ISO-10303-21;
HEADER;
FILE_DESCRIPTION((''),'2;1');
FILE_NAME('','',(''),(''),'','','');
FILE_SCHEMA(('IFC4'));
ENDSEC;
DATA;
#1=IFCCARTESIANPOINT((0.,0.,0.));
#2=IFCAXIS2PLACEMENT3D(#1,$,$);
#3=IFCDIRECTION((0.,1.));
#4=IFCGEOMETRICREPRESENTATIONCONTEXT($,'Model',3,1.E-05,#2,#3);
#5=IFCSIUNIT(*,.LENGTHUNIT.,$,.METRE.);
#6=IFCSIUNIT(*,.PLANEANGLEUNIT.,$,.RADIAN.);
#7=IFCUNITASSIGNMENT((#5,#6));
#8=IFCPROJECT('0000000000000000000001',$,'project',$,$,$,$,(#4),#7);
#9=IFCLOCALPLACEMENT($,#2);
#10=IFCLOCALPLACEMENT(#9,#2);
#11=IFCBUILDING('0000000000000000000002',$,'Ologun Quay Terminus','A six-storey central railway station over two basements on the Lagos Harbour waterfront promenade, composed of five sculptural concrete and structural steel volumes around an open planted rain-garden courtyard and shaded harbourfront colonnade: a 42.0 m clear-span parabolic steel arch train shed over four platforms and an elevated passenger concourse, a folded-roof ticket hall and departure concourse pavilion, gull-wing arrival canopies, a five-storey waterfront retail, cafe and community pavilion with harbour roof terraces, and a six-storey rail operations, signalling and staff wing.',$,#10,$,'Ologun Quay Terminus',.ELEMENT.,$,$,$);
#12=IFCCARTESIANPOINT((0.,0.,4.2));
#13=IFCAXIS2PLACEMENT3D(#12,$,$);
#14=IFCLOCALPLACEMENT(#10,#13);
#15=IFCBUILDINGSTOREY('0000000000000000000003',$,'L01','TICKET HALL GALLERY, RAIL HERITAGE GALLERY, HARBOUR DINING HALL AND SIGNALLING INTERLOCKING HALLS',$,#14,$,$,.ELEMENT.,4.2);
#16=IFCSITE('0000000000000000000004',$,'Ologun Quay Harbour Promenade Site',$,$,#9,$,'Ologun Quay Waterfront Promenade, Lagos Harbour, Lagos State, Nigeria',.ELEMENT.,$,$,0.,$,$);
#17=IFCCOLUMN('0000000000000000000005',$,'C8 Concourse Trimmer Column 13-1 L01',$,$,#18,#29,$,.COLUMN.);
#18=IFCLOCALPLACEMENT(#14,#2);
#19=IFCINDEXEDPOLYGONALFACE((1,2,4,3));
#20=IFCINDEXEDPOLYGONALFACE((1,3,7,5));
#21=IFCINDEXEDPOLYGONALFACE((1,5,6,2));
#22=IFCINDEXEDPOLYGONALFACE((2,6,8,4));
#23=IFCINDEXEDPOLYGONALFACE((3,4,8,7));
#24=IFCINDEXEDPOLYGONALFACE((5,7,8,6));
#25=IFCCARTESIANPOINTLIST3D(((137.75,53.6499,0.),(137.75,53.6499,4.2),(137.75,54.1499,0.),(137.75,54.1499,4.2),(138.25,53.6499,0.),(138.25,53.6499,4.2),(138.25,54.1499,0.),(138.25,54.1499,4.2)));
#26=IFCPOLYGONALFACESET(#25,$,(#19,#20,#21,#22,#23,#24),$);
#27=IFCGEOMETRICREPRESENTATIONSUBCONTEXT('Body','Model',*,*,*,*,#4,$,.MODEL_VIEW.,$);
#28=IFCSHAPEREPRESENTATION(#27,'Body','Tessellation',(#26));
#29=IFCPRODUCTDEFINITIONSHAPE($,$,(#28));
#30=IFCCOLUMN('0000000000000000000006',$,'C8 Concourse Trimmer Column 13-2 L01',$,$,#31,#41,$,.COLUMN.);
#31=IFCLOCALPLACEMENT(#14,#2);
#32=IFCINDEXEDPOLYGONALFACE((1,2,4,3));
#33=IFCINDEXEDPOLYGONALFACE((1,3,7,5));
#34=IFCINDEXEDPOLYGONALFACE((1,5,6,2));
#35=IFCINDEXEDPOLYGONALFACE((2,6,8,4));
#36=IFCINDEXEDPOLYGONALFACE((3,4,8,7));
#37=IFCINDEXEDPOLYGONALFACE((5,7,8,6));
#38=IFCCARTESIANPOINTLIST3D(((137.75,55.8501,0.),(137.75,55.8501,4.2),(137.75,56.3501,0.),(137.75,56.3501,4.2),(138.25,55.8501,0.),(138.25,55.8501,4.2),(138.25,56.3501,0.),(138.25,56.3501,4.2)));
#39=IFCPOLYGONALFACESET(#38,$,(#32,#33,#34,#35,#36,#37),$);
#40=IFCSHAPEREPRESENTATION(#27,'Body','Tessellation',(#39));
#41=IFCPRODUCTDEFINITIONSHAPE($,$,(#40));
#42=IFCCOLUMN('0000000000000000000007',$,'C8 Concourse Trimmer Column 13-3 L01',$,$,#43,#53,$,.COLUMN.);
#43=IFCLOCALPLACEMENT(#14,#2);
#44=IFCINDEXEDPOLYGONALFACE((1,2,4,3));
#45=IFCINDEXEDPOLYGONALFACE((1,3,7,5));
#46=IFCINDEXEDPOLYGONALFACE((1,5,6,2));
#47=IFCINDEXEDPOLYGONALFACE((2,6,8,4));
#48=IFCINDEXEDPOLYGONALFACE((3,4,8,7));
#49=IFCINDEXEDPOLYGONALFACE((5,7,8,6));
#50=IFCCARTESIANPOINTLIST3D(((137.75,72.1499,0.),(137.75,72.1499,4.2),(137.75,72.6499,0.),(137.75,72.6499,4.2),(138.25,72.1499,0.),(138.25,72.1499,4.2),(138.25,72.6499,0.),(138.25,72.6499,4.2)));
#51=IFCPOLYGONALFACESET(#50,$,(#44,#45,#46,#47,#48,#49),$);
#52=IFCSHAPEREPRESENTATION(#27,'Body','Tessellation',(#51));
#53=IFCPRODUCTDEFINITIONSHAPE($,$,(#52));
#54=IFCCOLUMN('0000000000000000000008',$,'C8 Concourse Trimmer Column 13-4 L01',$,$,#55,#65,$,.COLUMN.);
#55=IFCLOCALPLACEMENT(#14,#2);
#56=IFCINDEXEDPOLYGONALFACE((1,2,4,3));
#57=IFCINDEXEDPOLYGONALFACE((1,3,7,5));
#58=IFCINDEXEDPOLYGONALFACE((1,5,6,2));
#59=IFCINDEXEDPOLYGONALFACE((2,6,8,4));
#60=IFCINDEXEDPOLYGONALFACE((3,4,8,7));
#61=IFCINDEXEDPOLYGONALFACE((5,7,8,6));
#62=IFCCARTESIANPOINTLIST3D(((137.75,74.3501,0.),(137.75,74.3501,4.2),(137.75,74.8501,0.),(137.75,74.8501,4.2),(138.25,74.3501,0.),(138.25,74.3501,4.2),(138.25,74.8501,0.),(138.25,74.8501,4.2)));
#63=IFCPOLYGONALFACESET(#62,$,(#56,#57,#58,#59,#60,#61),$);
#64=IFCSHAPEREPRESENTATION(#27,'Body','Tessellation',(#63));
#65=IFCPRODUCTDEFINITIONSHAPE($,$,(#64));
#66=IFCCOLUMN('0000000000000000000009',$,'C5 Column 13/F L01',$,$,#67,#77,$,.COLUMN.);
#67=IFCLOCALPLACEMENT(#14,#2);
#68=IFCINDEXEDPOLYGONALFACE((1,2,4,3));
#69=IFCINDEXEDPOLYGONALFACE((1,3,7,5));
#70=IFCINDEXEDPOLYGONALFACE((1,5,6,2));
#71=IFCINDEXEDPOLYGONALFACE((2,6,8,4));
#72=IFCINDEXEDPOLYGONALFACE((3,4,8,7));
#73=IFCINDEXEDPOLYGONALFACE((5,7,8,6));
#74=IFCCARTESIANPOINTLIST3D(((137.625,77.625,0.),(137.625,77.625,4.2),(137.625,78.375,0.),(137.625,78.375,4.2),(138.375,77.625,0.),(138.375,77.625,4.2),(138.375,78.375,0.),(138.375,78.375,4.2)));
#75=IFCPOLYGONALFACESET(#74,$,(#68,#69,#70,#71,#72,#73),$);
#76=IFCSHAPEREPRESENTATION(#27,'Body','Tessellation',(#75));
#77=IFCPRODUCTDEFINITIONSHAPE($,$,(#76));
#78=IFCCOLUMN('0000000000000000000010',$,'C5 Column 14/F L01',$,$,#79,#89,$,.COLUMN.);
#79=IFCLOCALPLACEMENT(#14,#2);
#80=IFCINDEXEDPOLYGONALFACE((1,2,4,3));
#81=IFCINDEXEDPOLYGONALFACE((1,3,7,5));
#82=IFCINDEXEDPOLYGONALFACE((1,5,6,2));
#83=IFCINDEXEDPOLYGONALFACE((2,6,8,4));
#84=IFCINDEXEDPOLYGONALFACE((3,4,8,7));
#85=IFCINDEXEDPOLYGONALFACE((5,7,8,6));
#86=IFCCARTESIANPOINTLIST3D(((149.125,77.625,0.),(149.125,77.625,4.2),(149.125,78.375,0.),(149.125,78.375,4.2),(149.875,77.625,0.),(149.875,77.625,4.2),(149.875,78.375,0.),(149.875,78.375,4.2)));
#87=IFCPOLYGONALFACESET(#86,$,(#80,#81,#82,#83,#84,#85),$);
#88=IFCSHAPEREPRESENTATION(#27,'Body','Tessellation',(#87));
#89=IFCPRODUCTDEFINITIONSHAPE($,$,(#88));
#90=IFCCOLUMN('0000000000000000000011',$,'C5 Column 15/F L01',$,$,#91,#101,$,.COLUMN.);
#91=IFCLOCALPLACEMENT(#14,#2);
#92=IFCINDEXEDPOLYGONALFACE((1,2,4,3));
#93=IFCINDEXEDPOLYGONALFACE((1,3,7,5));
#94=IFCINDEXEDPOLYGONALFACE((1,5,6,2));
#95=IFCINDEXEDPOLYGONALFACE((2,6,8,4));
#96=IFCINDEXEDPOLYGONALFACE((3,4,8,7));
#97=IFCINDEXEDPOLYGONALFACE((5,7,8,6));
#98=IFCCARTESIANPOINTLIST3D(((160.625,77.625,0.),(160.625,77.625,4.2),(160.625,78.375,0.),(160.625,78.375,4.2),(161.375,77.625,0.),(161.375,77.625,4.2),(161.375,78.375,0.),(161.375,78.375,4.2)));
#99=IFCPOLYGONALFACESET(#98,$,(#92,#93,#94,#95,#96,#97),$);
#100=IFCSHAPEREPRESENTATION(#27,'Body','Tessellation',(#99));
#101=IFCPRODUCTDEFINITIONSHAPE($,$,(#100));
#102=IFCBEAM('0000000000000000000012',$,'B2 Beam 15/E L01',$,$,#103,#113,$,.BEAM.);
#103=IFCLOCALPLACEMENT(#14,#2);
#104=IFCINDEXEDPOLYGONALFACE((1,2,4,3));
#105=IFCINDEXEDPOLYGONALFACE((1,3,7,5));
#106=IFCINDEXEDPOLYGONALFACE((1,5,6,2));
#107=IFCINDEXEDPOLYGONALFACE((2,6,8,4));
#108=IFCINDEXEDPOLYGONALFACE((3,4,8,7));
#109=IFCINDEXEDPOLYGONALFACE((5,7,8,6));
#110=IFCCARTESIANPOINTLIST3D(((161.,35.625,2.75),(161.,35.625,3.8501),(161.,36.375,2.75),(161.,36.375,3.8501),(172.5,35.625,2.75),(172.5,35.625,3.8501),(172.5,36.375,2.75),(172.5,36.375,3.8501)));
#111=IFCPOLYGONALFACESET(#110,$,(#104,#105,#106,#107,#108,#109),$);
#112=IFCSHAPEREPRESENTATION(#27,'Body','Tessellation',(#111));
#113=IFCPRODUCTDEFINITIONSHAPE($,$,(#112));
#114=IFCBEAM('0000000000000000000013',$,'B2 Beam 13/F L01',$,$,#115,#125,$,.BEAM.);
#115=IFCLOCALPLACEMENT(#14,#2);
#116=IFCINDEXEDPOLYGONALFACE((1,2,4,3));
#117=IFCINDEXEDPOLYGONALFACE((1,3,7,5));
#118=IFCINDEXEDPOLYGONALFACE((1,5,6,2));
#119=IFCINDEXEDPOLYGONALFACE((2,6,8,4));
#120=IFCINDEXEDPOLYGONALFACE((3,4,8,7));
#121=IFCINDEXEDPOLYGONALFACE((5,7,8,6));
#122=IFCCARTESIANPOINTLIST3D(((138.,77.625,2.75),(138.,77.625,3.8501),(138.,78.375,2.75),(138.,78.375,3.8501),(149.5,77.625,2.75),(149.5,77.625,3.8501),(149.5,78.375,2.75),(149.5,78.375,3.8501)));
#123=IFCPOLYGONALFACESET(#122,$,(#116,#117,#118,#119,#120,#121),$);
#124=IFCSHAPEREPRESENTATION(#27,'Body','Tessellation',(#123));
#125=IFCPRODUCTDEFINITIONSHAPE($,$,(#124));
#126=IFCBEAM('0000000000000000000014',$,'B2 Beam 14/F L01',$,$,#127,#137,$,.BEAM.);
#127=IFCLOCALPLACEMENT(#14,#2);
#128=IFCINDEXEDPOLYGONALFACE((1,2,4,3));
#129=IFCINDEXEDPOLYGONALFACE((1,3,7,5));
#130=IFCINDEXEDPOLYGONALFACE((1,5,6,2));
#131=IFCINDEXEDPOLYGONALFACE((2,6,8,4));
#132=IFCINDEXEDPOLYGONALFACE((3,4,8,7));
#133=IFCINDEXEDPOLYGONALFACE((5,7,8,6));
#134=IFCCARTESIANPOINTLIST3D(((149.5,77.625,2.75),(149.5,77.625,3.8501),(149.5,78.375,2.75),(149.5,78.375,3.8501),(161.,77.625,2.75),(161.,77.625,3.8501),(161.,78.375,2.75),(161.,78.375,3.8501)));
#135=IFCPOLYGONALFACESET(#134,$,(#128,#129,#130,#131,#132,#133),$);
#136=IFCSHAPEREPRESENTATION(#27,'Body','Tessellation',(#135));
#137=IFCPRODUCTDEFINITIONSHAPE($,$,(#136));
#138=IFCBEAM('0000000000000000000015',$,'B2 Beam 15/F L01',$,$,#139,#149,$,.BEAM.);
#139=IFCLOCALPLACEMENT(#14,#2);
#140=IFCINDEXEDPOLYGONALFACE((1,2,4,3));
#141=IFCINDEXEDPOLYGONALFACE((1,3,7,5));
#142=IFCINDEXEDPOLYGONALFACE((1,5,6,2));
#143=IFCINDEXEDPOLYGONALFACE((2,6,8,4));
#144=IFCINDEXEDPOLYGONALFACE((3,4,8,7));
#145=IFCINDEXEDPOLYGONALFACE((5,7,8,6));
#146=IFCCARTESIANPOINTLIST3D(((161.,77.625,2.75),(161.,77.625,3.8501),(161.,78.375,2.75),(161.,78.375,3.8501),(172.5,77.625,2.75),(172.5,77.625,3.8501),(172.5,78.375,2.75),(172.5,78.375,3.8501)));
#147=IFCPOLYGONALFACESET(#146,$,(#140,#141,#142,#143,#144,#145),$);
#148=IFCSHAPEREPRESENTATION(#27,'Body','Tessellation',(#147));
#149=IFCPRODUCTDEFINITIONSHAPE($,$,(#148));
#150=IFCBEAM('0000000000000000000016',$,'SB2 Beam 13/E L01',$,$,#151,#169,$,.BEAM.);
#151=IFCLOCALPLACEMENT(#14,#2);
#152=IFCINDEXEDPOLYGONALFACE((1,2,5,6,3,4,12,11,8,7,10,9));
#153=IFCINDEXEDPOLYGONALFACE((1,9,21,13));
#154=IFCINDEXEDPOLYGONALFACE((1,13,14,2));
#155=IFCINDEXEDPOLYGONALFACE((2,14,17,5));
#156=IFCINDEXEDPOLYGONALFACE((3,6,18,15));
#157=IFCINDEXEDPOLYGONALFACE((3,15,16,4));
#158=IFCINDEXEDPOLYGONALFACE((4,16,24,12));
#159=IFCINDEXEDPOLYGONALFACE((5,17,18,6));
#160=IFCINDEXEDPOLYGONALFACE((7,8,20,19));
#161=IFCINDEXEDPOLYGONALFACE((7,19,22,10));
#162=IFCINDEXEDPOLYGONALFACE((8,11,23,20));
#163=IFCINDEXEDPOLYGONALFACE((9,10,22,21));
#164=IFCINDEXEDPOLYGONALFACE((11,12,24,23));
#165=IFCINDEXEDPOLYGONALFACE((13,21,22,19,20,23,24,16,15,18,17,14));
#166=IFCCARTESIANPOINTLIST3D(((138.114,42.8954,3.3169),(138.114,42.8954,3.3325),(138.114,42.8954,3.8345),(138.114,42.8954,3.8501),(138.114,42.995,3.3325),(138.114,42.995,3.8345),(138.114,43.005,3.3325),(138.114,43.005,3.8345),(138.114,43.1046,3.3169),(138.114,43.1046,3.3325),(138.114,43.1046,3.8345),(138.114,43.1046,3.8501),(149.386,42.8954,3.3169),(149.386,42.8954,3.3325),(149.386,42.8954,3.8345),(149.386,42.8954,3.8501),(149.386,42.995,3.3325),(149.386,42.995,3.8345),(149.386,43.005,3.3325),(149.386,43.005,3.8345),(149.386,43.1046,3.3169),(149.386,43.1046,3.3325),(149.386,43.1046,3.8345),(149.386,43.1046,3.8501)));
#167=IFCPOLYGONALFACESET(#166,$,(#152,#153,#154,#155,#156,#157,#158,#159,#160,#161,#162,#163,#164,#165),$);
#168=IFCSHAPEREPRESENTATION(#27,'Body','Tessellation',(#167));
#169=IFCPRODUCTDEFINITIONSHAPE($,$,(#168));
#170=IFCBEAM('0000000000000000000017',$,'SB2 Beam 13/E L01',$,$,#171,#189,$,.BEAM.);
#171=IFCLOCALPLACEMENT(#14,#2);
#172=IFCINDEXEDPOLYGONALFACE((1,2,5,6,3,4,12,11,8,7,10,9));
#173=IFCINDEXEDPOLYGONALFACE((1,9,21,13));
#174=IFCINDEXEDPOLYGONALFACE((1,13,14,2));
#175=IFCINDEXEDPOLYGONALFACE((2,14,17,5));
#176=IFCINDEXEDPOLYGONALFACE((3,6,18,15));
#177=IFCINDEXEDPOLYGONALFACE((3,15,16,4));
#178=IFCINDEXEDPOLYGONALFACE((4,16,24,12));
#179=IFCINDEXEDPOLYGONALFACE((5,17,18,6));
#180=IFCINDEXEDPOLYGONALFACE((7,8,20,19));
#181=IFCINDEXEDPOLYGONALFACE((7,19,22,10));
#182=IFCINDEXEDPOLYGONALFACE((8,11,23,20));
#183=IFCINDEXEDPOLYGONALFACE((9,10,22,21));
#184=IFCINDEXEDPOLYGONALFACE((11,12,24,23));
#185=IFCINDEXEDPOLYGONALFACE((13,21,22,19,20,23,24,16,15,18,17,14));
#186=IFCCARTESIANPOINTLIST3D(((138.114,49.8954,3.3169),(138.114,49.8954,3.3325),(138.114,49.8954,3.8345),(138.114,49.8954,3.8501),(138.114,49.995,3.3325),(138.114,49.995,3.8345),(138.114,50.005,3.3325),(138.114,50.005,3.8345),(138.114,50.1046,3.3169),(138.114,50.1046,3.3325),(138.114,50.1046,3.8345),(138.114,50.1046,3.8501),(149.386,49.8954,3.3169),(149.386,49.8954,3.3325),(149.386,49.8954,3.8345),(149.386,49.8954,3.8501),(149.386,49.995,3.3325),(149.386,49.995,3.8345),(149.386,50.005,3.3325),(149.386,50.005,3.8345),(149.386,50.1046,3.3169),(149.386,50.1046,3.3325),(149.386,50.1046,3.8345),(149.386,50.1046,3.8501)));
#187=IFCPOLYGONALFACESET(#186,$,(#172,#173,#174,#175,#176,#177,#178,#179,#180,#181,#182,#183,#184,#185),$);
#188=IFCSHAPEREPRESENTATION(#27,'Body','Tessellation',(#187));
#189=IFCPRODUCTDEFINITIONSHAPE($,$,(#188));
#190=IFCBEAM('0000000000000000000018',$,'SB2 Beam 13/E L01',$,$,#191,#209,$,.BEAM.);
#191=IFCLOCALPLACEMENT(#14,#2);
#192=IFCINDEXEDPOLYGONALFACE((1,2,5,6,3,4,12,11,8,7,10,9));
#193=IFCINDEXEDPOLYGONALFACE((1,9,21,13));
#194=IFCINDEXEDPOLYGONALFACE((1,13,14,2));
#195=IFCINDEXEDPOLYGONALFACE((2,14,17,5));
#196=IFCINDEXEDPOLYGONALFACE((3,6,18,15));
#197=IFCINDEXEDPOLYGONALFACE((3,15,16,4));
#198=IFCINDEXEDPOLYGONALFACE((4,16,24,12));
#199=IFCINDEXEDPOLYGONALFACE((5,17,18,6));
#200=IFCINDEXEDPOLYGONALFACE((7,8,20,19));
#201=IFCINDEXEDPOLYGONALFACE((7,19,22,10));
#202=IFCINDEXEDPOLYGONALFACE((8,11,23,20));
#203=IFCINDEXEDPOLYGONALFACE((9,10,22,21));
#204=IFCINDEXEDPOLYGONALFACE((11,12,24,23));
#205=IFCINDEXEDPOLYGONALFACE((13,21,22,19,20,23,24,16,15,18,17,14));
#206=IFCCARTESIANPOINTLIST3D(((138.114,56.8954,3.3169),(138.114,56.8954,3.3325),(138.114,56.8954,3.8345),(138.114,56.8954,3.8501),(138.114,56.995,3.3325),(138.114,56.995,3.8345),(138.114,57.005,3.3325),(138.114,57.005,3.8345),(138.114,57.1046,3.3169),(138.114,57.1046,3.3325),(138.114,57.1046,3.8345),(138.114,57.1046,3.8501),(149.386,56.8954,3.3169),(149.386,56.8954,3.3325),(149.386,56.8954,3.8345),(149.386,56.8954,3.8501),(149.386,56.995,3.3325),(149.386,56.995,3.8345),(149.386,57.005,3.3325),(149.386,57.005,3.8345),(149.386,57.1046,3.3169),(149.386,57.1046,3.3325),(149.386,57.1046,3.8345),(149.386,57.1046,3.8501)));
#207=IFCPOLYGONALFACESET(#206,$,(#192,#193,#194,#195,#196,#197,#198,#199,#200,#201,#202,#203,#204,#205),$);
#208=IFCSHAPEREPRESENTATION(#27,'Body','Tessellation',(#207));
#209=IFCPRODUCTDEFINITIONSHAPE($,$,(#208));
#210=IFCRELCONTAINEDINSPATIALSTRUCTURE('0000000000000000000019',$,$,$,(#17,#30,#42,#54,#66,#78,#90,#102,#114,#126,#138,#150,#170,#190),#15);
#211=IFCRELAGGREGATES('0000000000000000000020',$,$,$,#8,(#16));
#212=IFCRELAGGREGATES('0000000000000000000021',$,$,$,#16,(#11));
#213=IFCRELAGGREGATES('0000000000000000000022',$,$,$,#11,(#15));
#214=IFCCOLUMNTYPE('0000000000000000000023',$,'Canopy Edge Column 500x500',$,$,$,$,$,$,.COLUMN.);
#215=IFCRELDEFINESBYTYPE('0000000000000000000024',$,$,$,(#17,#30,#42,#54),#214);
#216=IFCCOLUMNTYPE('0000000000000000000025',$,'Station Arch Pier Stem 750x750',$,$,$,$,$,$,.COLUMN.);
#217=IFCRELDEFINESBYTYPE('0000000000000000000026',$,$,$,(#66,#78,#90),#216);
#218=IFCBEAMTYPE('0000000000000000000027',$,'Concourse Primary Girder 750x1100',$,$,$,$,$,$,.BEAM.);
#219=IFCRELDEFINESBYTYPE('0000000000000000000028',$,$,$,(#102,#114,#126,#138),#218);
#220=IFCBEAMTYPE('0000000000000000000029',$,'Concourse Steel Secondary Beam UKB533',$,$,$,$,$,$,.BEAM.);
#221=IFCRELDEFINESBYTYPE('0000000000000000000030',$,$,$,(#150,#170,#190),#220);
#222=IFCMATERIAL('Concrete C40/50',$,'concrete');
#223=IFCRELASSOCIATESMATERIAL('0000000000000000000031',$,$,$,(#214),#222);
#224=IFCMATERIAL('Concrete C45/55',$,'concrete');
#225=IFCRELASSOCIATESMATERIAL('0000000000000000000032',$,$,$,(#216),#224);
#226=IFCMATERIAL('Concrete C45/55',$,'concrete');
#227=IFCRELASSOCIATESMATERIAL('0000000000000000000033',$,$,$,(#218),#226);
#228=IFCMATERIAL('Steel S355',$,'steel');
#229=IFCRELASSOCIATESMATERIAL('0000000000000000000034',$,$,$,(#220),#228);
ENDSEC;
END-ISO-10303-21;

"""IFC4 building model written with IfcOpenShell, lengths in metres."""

from ifc_helpers import new_model, si_unit, direction, frame, origin, origin_2d, place, context, subcontext, project, spatial, rectangle, i_section, extrude, material, material_profile, profile_set, type_object, element, save


model = new_model("IFC4")

# Units and contexts
model_context = context("Model", 3, precision=1e-05, world=origin(), true_north=direction((0.0, 1.0)))
body_context = subcontext(model_context, "Body", "Model", "MODEL_VIEW")
ifc_project = project(units=[si_unit("LENGTHUNIT", "METRE"), si_unit("PLANEANGLEUNIT", "RADIAN")], contexts=[model_context])

# Site, building, storey
site_placement = place(None, origin())
site = spatial("IfcSite", under=ifc_project, at=site_placement, Name="Ologun Quay Harbour Promenade Site", LongName="Ologun Quay Waterfront Promenade, Lagos Harbour, Lagos State, Nigeria", CompositionType="ELEMENT", RefElevation=0.0)
building_placement = place(site_placement, origin())
building = spatial("IfcBuilding", under=site, at=building_placement, Name="Ologun Quay Terminus", Description="A six-storey central railway station over two basements on the Lagos Harbour waterfront promenade, composed of five sculptural concrete and structural steel volumes around an open planted rain-garden courtyard and shaded harbourfront colonnade: a 42.0 m clear-span parabolic steel arch train shed over four platforms and an elevated passenger concourse, a folded-roof ticket hall and departure concourse pavilion, gull-wing arrival canopies, a five-storey waterfront retail, cafe and community pavilion with harbour roof terraces, and a six-storey rail operations, signalling and staff wing.", LongName="Ologun Quay Terminus", CompositionType="ELEMENT")
storey_placement = place(building_placement, frame((0.0, 0.0, 4.2)))
storey = spatial("IfcBuildingStorey", under=building, at=storey_placement, Name="L01", Description="TICKET HALL GALLERY, RAIL HERITAGE GALLERY, HARBOUR DINING HALL AND SIGNALLING INTERLOCKING HALLS", CompositionType="ELEMENT", Elevation=4.2)

# Columns
ifc_material_1 = material(Name="Concrete C40/50", Category="concrete")
ifc_material_profile_1 = material_profile(ifc_material_1, rectangle(XDim=0.5, YDim=0.5, at=origin_2d()), Name="RC 500x500")
ifc_profile_set_1 = profile_set([ifc_material_profile_1], Name="Concrete C40/50")
column_type_1 = type_object("IfcColumnType", Name="Canopy Edge Column 500x500", PredefinedType="COLUMN", material=ifc_profile_set_1)
for number, where, z_axis, x_axis, name in (
    (1, (138.0, 53.8999, 0.0), (0.0, 0.0, 1.0), (1.0, 0.0, 0.0), "C8 Concourse Trimmer Column 13-1 L01"),
    (2, (138.0, 56.1001, 0.0), (0.0, 0.0, 1.0), (1.0, 0.0, 0.0), "C8 Concourse Trimmer Column 13-2 L01"),
    (3, (138.0, 72.3999, 0.0), (0.0, 0.0, 1.0), (1.0, 0.0, 0.0), "C8 Concourse Trimmer Column 13-3 L01"),
    (4, (138.0, 74.6001, 0.0), (0.0, 0.0, 1.0), (1.0, 0.0, 0.0), "C8 Concourse Trimmer Column 13-4 L01"),
):
    element("IfcColumn", number, at=place(storey_placement, frame(where, z_axis=z_axis, x_axis=x_axis)), inside=storey, type_object=column_type_1, Name=name, PredefinedType="COLUMN", context=body_context, shape_type="SweptSolid", body=[
        extrude(rectangle(XDim=0.5, YDim=0.5, at=origin_2d()), origin(), (0.0, 0.0, 1.0), 4.2),
    ])
ifc_material_2 = material(Name="Concrete C45/55", Category="concrete")
ifc_material_profile_2 = material_profile(ifc_material_2, rectangle(XDim=0.75, YDim=0.75, at=origin_2d()), Name="RC 750x750")
ifc_profile_set_2 = profile_set([ifc_material_profile_2], Name="Concrete C45/55")
column_type_2 = type_object("IfcColumnType", Name="Station Arch Pier Stem 750x750", PredefinedType="COLUMN", material=ifc_profile_set_2)
for number, where, z_axis, x_axis, name in (
    (5, (138.0, 78.0, 0.0), (0.0, 0.0, 1.0), (1.0, 0.0, 0.0), "C5 Column 13/F L01"),
    (6, (149.5, 78.0, 0.0), (0.0, 0.0, 1.0), (1.0, 0.0, 0.0), "C5 Column 14/F L01"),
    (7, (161.0, 78.0, 0.0), (0.0, 0.0, 1.0), (1.0, 0.0, 0.0), "C5 Column 15/F L01"),
):
    element("IfcColumn", number, at=place(storey_placement, frame(where, z_axis=z_axis, x_axis=x_axis)), inside=storey, type_object=column_type_2, Name=name, PredefinedType="COLUMN", context=body_context, shape_type="SweptSolid", body=[
        extrude(rectangle(XDim=0.75, YDim=0.75, at=origin_2d()), origin(), (0.0, 0.0, 1.0), 4.2),
    ])

# Beams
ifc_material_3 = material(Name="Concrete C45/55", Category="concrete")
ifc_material_profile_3 = material_profile(ifc_material_3, rectangle(XDim=0.75, YDim=1.1001, at=origin_2d()), Name="RC 750x1100")
ifc_profile_set_3 = profile_set([ifc_material_profile_3], Name="Concrete C45/55")
beam_type_1 = type_object("IfcBeamType", Name="Concourse Primary Girder 750x1100", PredefinedType="BEAM", material=ifc_profile_set_3)
for number, where, z_axis, x_axis, name in (
    (8, (161.0, 36.0, 3.3), (1.0, 0.0, 0.0), (0.0, 1.0, 0.0), "B2 Beam 15/E L01"),
    (9, (138.0, 78.0, 3.3), (1.0, 0.0, 0.0), (0.0, 1.0, 0.0), "B2 Beam 13/F L01"),
    (10, (149.5, 78.0, 3.3), (1.0, 0.0, 0.0), (0.0, 1.0, 0.0), "B2 Beam 14/F L01"),
    (11, (161.0, 78.0, 3.3), (1.0, 0.0, 0.0), (0.0, 1.0, 0.0), "B2 Beam 15/F L01"),
):
    element("IfcBeam", number, at=place(storey_placement, frame(where, z_axis=z_axis, x_axis=x_axis)), inside=storey, type_object=beam_type_1, Name=name, PredefinedType="BEAM", context=body_context, shape_type="SweptSolid", body=[
        extrude(rectangle(XDim=0.75, YDim=1.1001, at=origin_2d()), origin(), (0.0, 0.0, 1.0), 11.5),
    ])
ifc_material_4 = material(Name="Steel S355", Category="steel")
ifc_material_profile_4 = material_profile(ifc_material_4, i_section(OverallWidth=0.2092, OverallDepth=0.5332, WebThickness=0.01, FlangeThickness=0.0156, at=origin_2d()), Name="UKB 533x210x92")
ifc_profile_set_4 = profile_set([ifc_material_profile_4], Name="Steel S355")
beam_type_2 = type_object("IfcBeamType", Name="Concourse Steel Secondary Beam UKB533", PredefinedType="BEAM", material=ifc_profile_set_4)
for number, where, z_axis, x_axis, name in (
    (12, (138.114, 43.0, 3.5835), (1.0, 0.0, 0.0), (0.0, 1.0, 0.0), "SB2 Beam 13/E L01"),
    (13, (138.114, 50.0, 3.5835), (1.0, 0.0, 0.0), (0.0, 1.0, 0.0), "SB2 Beam 13/E L01"),
    (14, (138.114, 57.0, 3.5835), (1.0, 0.0, 0.0), (0.0, 1.0, 0.0), "SB2 Beam 13/E L01"),
):
    element("IfcBeam", number, at=place(storey_placement, frame(where, z_axis=z_axis, x_axis=x_axis)), inside=storey, type_object=beam_type_2, Name=name, PredefinedType="BEAM", context=body_context, shape_type="SweptSolid", body=[
        extrude(i_section(OverallWidth=0.2092, OverallDepth=0.5332, WebThickness=0.01, FlangeThickness=0.0156, at=origin_2d()), origin(), (0.0, 0.0, 1.0), 11.272),
    ])

save(model, "model.ifc")
